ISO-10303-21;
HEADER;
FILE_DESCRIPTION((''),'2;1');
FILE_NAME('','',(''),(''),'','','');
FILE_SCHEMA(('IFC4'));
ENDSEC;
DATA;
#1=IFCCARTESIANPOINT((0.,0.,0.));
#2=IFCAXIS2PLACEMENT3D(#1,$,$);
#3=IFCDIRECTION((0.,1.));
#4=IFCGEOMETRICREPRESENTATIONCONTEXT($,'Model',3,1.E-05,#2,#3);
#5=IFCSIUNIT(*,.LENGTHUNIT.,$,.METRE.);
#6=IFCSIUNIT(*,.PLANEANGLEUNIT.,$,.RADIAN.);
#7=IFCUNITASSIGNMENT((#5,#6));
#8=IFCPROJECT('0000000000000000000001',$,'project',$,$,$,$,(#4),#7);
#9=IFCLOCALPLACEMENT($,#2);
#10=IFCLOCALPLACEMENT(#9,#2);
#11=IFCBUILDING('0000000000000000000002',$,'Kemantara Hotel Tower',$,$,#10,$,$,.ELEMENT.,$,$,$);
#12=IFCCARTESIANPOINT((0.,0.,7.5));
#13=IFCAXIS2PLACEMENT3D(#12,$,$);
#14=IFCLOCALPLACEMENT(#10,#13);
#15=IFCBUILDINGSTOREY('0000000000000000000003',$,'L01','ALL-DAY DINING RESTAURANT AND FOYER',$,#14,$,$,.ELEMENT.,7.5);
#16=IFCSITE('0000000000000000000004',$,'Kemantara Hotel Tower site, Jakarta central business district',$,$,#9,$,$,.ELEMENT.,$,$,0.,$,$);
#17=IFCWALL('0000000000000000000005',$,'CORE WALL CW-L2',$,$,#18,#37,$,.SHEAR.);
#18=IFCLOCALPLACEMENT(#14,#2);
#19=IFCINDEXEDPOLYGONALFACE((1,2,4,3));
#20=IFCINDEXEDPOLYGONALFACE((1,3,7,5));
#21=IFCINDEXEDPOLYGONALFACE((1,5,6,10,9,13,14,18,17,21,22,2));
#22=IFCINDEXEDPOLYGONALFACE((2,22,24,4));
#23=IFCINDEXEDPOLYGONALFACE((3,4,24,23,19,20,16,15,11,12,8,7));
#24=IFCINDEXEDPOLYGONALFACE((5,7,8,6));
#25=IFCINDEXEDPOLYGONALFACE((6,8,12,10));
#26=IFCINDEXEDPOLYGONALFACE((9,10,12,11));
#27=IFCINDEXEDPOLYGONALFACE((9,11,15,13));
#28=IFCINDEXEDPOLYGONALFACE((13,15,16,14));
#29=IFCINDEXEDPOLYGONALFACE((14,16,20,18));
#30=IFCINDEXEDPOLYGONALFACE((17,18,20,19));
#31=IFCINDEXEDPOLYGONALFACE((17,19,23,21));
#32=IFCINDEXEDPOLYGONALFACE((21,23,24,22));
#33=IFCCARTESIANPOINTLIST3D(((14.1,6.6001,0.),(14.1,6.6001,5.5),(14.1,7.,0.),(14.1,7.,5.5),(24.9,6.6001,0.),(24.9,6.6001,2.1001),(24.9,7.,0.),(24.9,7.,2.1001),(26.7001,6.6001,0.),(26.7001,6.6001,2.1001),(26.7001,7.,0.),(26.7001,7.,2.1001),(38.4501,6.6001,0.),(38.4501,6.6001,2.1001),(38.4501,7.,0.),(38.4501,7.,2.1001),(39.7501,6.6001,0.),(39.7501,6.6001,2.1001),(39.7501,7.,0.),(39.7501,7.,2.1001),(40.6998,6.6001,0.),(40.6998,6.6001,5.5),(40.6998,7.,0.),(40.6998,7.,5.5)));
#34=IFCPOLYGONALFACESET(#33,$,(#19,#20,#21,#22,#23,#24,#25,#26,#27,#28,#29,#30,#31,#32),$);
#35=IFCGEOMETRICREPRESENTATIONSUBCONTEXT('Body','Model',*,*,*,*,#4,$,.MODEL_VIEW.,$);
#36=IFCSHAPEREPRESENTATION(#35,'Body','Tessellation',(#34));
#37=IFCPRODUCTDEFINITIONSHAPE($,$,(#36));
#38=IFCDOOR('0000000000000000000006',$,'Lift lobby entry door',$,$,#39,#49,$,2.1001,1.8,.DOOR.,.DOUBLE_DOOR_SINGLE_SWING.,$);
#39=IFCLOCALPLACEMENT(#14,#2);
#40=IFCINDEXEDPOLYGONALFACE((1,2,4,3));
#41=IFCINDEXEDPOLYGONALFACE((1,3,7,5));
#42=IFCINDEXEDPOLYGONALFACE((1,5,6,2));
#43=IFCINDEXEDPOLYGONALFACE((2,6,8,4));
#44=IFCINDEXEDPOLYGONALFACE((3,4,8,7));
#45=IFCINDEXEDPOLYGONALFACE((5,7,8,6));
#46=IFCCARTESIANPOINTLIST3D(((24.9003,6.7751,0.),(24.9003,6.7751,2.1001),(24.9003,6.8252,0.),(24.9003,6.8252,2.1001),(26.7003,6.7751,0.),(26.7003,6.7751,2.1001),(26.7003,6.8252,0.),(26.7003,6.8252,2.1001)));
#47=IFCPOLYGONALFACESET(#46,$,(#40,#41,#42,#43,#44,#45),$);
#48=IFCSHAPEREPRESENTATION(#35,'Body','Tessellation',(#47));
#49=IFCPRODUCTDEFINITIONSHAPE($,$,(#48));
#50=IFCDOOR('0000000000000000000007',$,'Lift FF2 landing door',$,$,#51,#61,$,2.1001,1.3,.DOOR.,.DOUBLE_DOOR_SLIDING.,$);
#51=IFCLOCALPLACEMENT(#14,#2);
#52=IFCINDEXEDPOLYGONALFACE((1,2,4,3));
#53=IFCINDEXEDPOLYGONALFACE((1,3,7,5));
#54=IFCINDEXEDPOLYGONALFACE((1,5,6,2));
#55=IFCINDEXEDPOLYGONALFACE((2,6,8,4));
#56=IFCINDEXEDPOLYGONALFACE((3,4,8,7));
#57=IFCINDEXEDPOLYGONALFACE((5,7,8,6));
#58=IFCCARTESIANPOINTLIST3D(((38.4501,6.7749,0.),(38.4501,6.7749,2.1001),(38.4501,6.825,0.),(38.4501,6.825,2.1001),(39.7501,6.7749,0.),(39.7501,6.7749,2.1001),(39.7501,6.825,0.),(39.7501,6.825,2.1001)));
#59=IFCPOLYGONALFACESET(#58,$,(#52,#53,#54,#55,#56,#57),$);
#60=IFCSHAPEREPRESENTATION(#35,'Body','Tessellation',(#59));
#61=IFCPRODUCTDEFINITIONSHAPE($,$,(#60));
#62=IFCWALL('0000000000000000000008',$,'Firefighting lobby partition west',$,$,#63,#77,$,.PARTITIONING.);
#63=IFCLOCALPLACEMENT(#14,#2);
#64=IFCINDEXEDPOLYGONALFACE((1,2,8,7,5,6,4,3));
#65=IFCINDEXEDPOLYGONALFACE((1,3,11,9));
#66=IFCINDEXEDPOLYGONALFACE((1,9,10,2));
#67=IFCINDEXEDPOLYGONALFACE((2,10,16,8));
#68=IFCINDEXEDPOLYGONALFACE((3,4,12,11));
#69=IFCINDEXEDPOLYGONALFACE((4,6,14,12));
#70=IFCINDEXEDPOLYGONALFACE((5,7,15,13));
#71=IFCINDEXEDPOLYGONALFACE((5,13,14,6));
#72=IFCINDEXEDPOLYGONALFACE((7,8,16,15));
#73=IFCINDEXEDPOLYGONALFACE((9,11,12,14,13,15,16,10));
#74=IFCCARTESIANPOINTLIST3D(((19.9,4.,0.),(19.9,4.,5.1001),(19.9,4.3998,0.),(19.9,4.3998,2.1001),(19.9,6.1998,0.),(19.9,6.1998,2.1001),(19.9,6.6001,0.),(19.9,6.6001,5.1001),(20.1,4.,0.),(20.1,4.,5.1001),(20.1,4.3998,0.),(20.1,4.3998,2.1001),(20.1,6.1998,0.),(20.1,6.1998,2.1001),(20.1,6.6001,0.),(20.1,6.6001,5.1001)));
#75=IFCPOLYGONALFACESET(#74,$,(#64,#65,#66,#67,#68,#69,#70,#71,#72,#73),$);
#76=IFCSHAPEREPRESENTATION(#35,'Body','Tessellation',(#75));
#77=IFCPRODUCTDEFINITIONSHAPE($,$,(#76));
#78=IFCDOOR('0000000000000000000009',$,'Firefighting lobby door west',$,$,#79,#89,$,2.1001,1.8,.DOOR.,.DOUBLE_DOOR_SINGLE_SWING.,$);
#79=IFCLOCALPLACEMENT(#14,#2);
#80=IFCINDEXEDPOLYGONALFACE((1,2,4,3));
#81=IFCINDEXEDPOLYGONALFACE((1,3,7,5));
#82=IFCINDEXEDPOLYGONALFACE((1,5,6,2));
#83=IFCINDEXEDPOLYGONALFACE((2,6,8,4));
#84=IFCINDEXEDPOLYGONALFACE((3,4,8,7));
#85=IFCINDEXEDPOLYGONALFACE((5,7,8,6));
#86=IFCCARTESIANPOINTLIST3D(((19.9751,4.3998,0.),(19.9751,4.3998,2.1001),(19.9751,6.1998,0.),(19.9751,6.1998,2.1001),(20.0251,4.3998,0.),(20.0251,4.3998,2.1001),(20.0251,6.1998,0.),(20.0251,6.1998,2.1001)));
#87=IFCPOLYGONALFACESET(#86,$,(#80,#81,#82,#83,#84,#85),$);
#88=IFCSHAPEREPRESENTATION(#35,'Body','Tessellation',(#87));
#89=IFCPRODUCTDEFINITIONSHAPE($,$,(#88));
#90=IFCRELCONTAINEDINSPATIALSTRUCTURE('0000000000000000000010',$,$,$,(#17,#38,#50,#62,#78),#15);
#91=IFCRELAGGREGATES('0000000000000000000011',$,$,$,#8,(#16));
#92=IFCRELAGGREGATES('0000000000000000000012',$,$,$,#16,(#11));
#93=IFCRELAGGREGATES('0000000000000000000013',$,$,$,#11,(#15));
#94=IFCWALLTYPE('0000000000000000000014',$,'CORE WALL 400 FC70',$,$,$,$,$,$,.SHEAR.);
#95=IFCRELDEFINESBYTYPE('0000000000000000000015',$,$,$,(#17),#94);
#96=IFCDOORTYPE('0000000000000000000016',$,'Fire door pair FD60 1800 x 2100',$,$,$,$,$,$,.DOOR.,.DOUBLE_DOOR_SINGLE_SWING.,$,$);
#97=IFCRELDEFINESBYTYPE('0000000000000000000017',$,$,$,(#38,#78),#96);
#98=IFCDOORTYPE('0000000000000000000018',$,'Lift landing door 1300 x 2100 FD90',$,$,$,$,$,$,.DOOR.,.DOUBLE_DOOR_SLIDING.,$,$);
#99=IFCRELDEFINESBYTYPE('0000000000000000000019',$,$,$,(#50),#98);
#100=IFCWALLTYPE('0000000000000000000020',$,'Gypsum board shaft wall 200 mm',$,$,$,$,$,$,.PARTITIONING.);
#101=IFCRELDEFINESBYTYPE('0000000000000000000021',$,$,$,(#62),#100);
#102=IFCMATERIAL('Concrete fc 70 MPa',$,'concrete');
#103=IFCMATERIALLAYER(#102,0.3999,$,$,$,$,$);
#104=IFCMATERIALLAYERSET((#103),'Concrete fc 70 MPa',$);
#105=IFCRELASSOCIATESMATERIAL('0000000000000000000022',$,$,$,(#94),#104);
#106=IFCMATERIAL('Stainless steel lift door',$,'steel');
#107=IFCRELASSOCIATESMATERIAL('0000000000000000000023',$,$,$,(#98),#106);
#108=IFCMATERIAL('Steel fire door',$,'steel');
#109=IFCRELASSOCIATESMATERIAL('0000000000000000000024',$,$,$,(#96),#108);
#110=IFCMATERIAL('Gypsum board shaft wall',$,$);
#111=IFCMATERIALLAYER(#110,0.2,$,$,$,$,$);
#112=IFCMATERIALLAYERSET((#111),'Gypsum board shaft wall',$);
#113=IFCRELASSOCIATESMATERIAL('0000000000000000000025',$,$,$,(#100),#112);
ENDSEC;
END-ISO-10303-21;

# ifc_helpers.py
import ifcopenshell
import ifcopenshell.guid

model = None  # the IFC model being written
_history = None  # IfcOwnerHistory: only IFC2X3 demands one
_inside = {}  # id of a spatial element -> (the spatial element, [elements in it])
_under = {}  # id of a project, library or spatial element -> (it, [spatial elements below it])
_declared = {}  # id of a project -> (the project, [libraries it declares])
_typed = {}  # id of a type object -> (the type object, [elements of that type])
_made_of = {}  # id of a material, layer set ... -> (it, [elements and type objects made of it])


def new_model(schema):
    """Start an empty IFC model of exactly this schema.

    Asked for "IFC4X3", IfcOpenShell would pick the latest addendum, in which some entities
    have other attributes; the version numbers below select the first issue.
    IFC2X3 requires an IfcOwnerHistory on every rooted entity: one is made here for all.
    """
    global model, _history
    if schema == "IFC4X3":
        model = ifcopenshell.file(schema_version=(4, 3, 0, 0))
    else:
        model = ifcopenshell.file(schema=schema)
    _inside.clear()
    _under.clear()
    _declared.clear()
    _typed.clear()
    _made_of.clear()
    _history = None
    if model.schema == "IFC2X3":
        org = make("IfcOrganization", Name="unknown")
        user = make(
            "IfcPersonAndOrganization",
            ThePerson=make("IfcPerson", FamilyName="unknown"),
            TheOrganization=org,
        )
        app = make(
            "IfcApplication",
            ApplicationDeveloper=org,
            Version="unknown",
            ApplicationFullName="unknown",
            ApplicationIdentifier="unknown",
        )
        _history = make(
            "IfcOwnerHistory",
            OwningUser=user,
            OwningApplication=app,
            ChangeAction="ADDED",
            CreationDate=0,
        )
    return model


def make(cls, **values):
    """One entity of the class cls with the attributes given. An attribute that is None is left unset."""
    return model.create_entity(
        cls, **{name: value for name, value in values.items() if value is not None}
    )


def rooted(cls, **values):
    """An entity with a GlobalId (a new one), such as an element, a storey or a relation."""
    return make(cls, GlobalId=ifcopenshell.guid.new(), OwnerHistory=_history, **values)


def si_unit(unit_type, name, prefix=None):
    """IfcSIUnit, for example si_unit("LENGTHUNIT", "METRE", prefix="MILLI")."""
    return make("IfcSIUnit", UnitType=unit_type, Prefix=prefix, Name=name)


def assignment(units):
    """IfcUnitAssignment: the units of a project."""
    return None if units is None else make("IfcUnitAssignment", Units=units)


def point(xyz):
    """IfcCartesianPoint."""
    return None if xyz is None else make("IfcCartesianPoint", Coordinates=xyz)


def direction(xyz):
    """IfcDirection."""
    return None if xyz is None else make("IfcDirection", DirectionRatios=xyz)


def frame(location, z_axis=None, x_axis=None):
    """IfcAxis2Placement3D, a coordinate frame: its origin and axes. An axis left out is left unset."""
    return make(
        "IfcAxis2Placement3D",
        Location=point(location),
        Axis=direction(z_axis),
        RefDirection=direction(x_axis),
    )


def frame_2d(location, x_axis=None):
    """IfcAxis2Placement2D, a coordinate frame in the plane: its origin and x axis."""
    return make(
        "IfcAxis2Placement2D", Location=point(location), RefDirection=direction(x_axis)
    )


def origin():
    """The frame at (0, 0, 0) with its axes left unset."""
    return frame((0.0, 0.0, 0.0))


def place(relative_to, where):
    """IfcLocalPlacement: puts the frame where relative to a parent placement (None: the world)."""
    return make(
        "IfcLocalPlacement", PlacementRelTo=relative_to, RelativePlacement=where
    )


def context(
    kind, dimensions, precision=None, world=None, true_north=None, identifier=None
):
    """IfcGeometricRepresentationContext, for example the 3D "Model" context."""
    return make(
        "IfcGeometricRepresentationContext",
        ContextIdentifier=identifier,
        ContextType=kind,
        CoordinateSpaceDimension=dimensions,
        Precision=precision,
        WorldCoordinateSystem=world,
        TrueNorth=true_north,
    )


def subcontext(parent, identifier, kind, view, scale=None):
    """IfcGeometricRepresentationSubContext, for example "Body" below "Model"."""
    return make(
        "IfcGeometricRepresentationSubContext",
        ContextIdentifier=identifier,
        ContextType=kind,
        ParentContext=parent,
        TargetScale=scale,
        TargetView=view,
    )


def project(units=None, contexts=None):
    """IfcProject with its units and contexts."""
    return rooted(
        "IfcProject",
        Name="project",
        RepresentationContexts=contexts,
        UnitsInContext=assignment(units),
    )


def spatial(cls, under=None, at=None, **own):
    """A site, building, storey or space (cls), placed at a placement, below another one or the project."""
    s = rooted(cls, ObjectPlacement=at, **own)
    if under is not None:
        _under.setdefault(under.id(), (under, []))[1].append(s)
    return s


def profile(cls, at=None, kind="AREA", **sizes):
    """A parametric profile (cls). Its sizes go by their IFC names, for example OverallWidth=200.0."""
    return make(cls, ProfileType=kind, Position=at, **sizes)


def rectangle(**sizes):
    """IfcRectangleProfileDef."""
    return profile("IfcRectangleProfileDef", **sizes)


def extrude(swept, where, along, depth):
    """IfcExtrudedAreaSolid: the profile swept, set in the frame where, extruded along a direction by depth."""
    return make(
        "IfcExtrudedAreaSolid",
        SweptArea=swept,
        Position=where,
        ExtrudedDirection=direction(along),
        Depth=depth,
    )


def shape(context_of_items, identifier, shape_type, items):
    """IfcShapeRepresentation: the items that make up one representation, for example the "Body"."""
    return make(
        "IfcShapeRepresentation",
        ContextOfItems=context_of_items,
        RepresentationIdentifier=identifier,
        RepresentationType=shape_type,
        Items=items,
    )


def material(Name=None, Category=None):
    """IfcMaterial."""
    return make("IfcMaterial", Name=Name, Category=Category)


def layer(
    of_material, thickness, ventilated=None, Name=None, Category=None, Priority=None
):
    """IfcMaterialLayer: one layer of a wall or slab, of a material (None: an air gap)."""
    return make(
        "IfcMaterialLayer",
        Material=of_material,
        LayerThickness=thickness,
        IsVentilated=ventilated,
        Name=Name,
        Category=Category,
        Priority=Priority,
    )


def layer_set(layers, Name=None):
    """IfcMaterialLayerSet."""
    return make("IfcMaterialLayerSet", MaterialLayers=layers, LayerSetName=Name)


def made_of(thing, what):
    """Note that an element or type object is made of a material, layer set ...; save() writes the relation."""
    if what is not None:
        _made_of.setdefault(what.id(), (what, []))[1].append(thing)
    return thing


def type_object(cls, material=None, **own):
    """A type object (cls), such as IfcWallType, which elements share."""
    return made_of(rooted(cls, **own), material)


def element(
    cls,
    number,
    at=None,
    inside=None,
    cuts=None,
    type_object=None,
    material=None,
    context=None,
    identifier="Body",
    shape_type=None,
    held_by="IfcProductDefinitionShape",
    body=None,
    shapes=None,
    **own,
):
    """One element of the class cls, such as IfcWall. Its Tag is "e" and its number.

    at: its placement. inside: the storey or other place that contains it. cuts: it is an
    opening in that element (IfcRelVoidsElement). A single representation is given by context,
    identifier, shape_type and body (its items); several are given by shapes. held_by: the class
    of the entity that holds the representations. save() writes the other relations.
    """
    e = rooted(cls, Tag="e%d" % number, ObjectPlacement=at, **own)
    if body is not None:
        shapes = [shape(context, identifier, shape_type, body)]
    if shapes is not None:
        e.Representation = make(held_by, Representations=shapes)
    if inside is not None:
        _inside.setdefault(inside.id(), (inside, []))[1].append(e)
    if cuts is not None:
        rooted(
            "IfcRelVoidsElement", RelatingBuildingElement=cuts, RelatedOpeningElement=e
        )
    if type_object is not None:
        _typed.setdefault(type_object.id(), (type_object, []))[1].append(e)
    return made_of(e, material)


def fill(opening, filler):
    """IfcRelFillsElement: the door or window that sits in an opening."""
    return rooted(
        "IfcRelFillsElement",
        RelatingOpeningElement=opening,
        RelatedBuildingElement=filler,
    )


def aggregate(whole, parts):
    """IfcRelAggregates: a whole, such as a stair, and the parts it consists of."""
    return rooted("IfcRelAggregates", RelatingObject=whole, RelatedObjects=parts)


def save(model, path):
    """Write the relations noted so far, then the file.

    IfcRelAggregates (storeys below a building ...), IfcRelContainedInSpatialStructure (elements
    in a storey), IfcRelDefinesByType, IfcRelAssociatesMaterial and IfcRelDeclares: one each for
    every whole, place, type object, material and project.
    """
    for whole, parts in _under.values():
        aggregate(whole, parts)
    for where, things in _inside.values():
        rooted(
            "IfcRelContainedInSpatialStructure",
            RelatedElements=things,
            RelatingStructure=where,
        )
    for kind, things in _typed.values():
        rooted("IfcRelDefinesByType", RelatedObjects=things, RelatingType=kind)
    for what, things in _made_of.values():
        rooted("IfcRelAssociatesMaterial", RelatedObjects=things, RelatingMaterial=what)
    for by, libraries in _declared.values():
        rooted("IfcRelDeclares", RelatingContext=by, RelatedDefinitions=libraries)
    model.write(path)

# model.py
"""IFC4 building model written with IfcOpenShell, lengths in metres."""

from ifc_helpers import new_model, si_unit, direction, frame, frame_2d, origin, place, context, subcontext, project, spatial, rectangle, extrude, material, layer, layer_set, type_object, element, fill, save


model = new_model("IFC4")

# Units and contexts
model_context = context("Model", 3, precision=1e-05, world=origin(), true_north=direction((0.0, 1.0)))
body_context = subcontext(model_context, "Body", "Model", "MODEL_VIEW")
ifc_project = project(units=[si_unit("LENGTHUNIT", "METRE"), si_unit("PLANEANGLEUNIT", "RADIAN")], contexts=[model_context])

# Site, building, storey
site_placement = place(None, origin())
site = spatial("IfcSite", under=ifc_project, at=site_placement, Name="Kemantara Hotel Tower site, Jakarta central business district", CompositionType="ELEMENT", RefElevation=0.0)
building_placement = place(site_placement, origin())
building = spatial("IfcBuilding", under=site, at=building_placement, Name="Kemantara Hotel Tower", CompositionType="ELEMENT")
storey_placement = place(building_placement, frame((0.0, 0.0, 7.5)))
storey = spatial("IfcBuildingStorey", under=building, at=storey_placement, Name="L01", Description="ALL-DAY DINING RESTAURANT AND FOYER", CompositionType="ELEMENT", Elevation=7.5)

# Shared definitions
ifc_material_1 = material(Name="Concrete fc 70 MPa", Category="concrete")

# Shared definitions
ifc_layer_1 = layer(ifc_material_1, 0.3999)
ifc_layer_set_1 = layer_set([ifc_layer_1], Name="Concrete fc 70 MPa")
wall_type_1 = type_object("IfcWallType", Name="CORE WALL 400 FC70", PredefinedType="SHEAR", material=ifc_layer_set_1)
ifc_material_2 = material(Name="Steel fire door", Category="steel")

# Wall, openings, doors
ifc_material_3 = material(Name="Stainless steel lift door", Category="steel")
door_type_1 = type_object("IfcDoorType", Name="Lift landing door 1300 x 2100 FD90", OperationType="DOUBLE_DOOR_SLIDING", PredefinedType="DOOR", material=ifc_material_3)
wall_1_placement = place(storey_placement, frame((14.1001, 6.8, 0.0), z_axis=(0.0, 0.0, 1.0), x_axis=(1.0, 0.0, 0.0)))
wall_1 = element("IfcWall", 1, at=wall_1_placement, inside=storey, type_object=wall_type_1, Name="CORE WALL CW-L2", PredefinedType="SHEAR", context=body_context, shape_type="SweptSolid", body=[
    extrude(rectangle(XDim=26.5999, YDim=0.3999, at=frame_2d((13.2998, 0.0))), origin(), (0.0, 0.0, 1.0), 5.5),
])
opening_1_placement = place(wall_1_placement, frame((10.8, 0.0, 0.0)))
opening_1 = element("IfcOpeningElement", 2, at=opening_1_placement, cuts=wall_1, PredefinedType="OPENING", context=body_context, shape_type="SweptSolid", body=[
    extrude(rectangle(XDim=1.8, YDim=2.1001, at=frame_2d((0.8999, 1.05))), frame((0.0, 0.21, 0.0), z_axis=(0.0, -1.0, 0.0), x_axis=(1.0, 0.0, 0.0)), (0.0, 0.0, 1.0), 0.4199),
])
opening_2_placement = place(wall_1_placement, frame((24.3501, 0.0, 0.0)))
opening_2 = element("IfcOpeningElement", 3, at=opening_2_placement, cuts=wall_1, PredefinedType="OPENING", context=body_context, shape_type="SweptSolid", body=[
    extrude(rectangle(XDim=1.3, YDim=2.1001, at=frame_2d((0.6499, 1.05))), frame((0.0, 0.21, 0.0), z_axis=(0.0, -1.0, 0.0), x_axis=(1.0, 0.0, 0.0)), (0.0, 0.0, 1.0), 0.4199),
])
door_type_2 = type_object("IfcDoorType", Name="Fire door pair FD60 1800 x 2100", OperationType="DOUBLE_DOOR_SINGLE_SWING", PredefinedType="DOOR", material=ifc_material_2)
door_1_placement = place(opening_1_placement, frame((1.8, 0.0, 0.0), z_axis=(0.0, 0.0, 1.0), x_axis=(-1.0, 0.0, 0.0)))
door_1 = element("IfcDoor", 4, at=door_1_placement, inside=storey, type_object=door_type_2, Name="Lift lobby entry door", OperationType="DOUBLE_DOOR_SINGLE_SWING", OverallHeight=2.1001, OverallWidth=1.8, PredefinedType="DOOR", context=body_context, shape_type="SweptSolid", body=[
    extrude(rectangle(XDim=1.8, YDim=2.1001, at=frame_2d((0.8999, 1.05))), frame((0.0, 0.0249, 0.0), z_axis=(0.0, -1.0, 0.0), x_axis=(1.0, 0.0, 0.0)), (0.0, 0.0, 1.0), 0.05),
])
fill(opening_1, door_1)
door_2_placement = place(opening_2_placement, origin())
door_2 = element("IfcDoor", 5, at=door_2_placement, inside=storey, type_object=door_type_1, Name="Lift FF2 landing door", OperationType="DOUBLE_DOOR_SLIDING", OverallHeight=2.1001, OverallWidth=1.3, PredefinedType="DOOR", context=body_context, shape_type="SweptSolid", body=[
    extrude(rectangle(XDim=1.3, YDim=2.1001, at=frame_2d((0.6499, 1.05))), frame((0.0, 0.0249, 0.0), z_axis=(0.0, -1.0, 0.0), x_axis=(1.0, 0.0, 0.0)), (0.0, 0.0, 1.0), 0.05),
])
fill(opening_2, door_2)

# Wall, opening, door
ifc_material_4 = material(Name="Gypsum board shaft wall")
ifc_layer_2 = layer(ifc_material_4, 0.2)
ifc_layer_set_2 = layer_set([ifc_layer_2], Name="Gypsum board shaft wall")
wall_type_2 = type_object("IfcWallType", Name="Gypsum board shaft wall 200 mm", PredefinedType="PARTITIONING", material=ifc_layer_set_2)
wall_2_placement = place(storey_placement, frame((20.0, 4.0, 0.0), z_axis=(0.0, 0.0, 1.0), x_axis=(0.0, 1.0, 0.0)))
wall_2 = element("IfcWall", 6, at=wall_2_placement, inside=storey, type_object=wall_type_2, Name="Firefighting lobby partition west", PredefinedType="PARTITIONING", context=body_context, shape_type="SweptSolid", body=[
    extrude(rectangle(XDim=2.6001, YDim=0.2, at=frame_2d((1.3, 0.0))), origin(), (0.0, 0.0, 1.0), 5.1001),
])
opening_3_placement = place(wall_2_placement, frame((0.3999, 0.0, 0.0)))
opening_3 = element("IfcOpeningElement", 7, at=opening_3_placement, cuts=wall_2, PredefinedType="OPENING", context=body_context, shape_type="SweptSolid", body=[
    extrude(rectangle(XDim=1.8, YDim=2.1001, at=frame_2d((0.8999, 1.05))), frame((0.0, 0.1099, 0.0), z_axis=(0.0, -1.0, 0.0), x_axis=(1.0, 0.0, 0.0)), (0.0, 0.0, 1.0), 0.22),
])
door_3_placement = place(opening_3_placement, origin())
door_3 = element("IfcDoor", 8, at=door_3_placement, inside=storey, type_object=door_type_2, Name="Firefighting lobby door west", OperationType="DOUBLE_DOOR_SINGLE_SWING", OverallHeight=2.1001, OverallWidth=1.8, PredefinedType="DOOR", context=body_context, shape_type="SweptSolid", body=[
    extrude(rectangle(XDim=1.8, YDim=2.1001, at=frame_2d((0.8999, 1.05))), frame((0.0, 0.0249, 0.0), z_axis=(0.0, -1.0, 0.0), x_axis=(1.0, 0.0, 0.0)), (0.0, 0.0, 1.0), 0.05),
])
fill(opening_3, door_3)

save(model, "model.ifc")
